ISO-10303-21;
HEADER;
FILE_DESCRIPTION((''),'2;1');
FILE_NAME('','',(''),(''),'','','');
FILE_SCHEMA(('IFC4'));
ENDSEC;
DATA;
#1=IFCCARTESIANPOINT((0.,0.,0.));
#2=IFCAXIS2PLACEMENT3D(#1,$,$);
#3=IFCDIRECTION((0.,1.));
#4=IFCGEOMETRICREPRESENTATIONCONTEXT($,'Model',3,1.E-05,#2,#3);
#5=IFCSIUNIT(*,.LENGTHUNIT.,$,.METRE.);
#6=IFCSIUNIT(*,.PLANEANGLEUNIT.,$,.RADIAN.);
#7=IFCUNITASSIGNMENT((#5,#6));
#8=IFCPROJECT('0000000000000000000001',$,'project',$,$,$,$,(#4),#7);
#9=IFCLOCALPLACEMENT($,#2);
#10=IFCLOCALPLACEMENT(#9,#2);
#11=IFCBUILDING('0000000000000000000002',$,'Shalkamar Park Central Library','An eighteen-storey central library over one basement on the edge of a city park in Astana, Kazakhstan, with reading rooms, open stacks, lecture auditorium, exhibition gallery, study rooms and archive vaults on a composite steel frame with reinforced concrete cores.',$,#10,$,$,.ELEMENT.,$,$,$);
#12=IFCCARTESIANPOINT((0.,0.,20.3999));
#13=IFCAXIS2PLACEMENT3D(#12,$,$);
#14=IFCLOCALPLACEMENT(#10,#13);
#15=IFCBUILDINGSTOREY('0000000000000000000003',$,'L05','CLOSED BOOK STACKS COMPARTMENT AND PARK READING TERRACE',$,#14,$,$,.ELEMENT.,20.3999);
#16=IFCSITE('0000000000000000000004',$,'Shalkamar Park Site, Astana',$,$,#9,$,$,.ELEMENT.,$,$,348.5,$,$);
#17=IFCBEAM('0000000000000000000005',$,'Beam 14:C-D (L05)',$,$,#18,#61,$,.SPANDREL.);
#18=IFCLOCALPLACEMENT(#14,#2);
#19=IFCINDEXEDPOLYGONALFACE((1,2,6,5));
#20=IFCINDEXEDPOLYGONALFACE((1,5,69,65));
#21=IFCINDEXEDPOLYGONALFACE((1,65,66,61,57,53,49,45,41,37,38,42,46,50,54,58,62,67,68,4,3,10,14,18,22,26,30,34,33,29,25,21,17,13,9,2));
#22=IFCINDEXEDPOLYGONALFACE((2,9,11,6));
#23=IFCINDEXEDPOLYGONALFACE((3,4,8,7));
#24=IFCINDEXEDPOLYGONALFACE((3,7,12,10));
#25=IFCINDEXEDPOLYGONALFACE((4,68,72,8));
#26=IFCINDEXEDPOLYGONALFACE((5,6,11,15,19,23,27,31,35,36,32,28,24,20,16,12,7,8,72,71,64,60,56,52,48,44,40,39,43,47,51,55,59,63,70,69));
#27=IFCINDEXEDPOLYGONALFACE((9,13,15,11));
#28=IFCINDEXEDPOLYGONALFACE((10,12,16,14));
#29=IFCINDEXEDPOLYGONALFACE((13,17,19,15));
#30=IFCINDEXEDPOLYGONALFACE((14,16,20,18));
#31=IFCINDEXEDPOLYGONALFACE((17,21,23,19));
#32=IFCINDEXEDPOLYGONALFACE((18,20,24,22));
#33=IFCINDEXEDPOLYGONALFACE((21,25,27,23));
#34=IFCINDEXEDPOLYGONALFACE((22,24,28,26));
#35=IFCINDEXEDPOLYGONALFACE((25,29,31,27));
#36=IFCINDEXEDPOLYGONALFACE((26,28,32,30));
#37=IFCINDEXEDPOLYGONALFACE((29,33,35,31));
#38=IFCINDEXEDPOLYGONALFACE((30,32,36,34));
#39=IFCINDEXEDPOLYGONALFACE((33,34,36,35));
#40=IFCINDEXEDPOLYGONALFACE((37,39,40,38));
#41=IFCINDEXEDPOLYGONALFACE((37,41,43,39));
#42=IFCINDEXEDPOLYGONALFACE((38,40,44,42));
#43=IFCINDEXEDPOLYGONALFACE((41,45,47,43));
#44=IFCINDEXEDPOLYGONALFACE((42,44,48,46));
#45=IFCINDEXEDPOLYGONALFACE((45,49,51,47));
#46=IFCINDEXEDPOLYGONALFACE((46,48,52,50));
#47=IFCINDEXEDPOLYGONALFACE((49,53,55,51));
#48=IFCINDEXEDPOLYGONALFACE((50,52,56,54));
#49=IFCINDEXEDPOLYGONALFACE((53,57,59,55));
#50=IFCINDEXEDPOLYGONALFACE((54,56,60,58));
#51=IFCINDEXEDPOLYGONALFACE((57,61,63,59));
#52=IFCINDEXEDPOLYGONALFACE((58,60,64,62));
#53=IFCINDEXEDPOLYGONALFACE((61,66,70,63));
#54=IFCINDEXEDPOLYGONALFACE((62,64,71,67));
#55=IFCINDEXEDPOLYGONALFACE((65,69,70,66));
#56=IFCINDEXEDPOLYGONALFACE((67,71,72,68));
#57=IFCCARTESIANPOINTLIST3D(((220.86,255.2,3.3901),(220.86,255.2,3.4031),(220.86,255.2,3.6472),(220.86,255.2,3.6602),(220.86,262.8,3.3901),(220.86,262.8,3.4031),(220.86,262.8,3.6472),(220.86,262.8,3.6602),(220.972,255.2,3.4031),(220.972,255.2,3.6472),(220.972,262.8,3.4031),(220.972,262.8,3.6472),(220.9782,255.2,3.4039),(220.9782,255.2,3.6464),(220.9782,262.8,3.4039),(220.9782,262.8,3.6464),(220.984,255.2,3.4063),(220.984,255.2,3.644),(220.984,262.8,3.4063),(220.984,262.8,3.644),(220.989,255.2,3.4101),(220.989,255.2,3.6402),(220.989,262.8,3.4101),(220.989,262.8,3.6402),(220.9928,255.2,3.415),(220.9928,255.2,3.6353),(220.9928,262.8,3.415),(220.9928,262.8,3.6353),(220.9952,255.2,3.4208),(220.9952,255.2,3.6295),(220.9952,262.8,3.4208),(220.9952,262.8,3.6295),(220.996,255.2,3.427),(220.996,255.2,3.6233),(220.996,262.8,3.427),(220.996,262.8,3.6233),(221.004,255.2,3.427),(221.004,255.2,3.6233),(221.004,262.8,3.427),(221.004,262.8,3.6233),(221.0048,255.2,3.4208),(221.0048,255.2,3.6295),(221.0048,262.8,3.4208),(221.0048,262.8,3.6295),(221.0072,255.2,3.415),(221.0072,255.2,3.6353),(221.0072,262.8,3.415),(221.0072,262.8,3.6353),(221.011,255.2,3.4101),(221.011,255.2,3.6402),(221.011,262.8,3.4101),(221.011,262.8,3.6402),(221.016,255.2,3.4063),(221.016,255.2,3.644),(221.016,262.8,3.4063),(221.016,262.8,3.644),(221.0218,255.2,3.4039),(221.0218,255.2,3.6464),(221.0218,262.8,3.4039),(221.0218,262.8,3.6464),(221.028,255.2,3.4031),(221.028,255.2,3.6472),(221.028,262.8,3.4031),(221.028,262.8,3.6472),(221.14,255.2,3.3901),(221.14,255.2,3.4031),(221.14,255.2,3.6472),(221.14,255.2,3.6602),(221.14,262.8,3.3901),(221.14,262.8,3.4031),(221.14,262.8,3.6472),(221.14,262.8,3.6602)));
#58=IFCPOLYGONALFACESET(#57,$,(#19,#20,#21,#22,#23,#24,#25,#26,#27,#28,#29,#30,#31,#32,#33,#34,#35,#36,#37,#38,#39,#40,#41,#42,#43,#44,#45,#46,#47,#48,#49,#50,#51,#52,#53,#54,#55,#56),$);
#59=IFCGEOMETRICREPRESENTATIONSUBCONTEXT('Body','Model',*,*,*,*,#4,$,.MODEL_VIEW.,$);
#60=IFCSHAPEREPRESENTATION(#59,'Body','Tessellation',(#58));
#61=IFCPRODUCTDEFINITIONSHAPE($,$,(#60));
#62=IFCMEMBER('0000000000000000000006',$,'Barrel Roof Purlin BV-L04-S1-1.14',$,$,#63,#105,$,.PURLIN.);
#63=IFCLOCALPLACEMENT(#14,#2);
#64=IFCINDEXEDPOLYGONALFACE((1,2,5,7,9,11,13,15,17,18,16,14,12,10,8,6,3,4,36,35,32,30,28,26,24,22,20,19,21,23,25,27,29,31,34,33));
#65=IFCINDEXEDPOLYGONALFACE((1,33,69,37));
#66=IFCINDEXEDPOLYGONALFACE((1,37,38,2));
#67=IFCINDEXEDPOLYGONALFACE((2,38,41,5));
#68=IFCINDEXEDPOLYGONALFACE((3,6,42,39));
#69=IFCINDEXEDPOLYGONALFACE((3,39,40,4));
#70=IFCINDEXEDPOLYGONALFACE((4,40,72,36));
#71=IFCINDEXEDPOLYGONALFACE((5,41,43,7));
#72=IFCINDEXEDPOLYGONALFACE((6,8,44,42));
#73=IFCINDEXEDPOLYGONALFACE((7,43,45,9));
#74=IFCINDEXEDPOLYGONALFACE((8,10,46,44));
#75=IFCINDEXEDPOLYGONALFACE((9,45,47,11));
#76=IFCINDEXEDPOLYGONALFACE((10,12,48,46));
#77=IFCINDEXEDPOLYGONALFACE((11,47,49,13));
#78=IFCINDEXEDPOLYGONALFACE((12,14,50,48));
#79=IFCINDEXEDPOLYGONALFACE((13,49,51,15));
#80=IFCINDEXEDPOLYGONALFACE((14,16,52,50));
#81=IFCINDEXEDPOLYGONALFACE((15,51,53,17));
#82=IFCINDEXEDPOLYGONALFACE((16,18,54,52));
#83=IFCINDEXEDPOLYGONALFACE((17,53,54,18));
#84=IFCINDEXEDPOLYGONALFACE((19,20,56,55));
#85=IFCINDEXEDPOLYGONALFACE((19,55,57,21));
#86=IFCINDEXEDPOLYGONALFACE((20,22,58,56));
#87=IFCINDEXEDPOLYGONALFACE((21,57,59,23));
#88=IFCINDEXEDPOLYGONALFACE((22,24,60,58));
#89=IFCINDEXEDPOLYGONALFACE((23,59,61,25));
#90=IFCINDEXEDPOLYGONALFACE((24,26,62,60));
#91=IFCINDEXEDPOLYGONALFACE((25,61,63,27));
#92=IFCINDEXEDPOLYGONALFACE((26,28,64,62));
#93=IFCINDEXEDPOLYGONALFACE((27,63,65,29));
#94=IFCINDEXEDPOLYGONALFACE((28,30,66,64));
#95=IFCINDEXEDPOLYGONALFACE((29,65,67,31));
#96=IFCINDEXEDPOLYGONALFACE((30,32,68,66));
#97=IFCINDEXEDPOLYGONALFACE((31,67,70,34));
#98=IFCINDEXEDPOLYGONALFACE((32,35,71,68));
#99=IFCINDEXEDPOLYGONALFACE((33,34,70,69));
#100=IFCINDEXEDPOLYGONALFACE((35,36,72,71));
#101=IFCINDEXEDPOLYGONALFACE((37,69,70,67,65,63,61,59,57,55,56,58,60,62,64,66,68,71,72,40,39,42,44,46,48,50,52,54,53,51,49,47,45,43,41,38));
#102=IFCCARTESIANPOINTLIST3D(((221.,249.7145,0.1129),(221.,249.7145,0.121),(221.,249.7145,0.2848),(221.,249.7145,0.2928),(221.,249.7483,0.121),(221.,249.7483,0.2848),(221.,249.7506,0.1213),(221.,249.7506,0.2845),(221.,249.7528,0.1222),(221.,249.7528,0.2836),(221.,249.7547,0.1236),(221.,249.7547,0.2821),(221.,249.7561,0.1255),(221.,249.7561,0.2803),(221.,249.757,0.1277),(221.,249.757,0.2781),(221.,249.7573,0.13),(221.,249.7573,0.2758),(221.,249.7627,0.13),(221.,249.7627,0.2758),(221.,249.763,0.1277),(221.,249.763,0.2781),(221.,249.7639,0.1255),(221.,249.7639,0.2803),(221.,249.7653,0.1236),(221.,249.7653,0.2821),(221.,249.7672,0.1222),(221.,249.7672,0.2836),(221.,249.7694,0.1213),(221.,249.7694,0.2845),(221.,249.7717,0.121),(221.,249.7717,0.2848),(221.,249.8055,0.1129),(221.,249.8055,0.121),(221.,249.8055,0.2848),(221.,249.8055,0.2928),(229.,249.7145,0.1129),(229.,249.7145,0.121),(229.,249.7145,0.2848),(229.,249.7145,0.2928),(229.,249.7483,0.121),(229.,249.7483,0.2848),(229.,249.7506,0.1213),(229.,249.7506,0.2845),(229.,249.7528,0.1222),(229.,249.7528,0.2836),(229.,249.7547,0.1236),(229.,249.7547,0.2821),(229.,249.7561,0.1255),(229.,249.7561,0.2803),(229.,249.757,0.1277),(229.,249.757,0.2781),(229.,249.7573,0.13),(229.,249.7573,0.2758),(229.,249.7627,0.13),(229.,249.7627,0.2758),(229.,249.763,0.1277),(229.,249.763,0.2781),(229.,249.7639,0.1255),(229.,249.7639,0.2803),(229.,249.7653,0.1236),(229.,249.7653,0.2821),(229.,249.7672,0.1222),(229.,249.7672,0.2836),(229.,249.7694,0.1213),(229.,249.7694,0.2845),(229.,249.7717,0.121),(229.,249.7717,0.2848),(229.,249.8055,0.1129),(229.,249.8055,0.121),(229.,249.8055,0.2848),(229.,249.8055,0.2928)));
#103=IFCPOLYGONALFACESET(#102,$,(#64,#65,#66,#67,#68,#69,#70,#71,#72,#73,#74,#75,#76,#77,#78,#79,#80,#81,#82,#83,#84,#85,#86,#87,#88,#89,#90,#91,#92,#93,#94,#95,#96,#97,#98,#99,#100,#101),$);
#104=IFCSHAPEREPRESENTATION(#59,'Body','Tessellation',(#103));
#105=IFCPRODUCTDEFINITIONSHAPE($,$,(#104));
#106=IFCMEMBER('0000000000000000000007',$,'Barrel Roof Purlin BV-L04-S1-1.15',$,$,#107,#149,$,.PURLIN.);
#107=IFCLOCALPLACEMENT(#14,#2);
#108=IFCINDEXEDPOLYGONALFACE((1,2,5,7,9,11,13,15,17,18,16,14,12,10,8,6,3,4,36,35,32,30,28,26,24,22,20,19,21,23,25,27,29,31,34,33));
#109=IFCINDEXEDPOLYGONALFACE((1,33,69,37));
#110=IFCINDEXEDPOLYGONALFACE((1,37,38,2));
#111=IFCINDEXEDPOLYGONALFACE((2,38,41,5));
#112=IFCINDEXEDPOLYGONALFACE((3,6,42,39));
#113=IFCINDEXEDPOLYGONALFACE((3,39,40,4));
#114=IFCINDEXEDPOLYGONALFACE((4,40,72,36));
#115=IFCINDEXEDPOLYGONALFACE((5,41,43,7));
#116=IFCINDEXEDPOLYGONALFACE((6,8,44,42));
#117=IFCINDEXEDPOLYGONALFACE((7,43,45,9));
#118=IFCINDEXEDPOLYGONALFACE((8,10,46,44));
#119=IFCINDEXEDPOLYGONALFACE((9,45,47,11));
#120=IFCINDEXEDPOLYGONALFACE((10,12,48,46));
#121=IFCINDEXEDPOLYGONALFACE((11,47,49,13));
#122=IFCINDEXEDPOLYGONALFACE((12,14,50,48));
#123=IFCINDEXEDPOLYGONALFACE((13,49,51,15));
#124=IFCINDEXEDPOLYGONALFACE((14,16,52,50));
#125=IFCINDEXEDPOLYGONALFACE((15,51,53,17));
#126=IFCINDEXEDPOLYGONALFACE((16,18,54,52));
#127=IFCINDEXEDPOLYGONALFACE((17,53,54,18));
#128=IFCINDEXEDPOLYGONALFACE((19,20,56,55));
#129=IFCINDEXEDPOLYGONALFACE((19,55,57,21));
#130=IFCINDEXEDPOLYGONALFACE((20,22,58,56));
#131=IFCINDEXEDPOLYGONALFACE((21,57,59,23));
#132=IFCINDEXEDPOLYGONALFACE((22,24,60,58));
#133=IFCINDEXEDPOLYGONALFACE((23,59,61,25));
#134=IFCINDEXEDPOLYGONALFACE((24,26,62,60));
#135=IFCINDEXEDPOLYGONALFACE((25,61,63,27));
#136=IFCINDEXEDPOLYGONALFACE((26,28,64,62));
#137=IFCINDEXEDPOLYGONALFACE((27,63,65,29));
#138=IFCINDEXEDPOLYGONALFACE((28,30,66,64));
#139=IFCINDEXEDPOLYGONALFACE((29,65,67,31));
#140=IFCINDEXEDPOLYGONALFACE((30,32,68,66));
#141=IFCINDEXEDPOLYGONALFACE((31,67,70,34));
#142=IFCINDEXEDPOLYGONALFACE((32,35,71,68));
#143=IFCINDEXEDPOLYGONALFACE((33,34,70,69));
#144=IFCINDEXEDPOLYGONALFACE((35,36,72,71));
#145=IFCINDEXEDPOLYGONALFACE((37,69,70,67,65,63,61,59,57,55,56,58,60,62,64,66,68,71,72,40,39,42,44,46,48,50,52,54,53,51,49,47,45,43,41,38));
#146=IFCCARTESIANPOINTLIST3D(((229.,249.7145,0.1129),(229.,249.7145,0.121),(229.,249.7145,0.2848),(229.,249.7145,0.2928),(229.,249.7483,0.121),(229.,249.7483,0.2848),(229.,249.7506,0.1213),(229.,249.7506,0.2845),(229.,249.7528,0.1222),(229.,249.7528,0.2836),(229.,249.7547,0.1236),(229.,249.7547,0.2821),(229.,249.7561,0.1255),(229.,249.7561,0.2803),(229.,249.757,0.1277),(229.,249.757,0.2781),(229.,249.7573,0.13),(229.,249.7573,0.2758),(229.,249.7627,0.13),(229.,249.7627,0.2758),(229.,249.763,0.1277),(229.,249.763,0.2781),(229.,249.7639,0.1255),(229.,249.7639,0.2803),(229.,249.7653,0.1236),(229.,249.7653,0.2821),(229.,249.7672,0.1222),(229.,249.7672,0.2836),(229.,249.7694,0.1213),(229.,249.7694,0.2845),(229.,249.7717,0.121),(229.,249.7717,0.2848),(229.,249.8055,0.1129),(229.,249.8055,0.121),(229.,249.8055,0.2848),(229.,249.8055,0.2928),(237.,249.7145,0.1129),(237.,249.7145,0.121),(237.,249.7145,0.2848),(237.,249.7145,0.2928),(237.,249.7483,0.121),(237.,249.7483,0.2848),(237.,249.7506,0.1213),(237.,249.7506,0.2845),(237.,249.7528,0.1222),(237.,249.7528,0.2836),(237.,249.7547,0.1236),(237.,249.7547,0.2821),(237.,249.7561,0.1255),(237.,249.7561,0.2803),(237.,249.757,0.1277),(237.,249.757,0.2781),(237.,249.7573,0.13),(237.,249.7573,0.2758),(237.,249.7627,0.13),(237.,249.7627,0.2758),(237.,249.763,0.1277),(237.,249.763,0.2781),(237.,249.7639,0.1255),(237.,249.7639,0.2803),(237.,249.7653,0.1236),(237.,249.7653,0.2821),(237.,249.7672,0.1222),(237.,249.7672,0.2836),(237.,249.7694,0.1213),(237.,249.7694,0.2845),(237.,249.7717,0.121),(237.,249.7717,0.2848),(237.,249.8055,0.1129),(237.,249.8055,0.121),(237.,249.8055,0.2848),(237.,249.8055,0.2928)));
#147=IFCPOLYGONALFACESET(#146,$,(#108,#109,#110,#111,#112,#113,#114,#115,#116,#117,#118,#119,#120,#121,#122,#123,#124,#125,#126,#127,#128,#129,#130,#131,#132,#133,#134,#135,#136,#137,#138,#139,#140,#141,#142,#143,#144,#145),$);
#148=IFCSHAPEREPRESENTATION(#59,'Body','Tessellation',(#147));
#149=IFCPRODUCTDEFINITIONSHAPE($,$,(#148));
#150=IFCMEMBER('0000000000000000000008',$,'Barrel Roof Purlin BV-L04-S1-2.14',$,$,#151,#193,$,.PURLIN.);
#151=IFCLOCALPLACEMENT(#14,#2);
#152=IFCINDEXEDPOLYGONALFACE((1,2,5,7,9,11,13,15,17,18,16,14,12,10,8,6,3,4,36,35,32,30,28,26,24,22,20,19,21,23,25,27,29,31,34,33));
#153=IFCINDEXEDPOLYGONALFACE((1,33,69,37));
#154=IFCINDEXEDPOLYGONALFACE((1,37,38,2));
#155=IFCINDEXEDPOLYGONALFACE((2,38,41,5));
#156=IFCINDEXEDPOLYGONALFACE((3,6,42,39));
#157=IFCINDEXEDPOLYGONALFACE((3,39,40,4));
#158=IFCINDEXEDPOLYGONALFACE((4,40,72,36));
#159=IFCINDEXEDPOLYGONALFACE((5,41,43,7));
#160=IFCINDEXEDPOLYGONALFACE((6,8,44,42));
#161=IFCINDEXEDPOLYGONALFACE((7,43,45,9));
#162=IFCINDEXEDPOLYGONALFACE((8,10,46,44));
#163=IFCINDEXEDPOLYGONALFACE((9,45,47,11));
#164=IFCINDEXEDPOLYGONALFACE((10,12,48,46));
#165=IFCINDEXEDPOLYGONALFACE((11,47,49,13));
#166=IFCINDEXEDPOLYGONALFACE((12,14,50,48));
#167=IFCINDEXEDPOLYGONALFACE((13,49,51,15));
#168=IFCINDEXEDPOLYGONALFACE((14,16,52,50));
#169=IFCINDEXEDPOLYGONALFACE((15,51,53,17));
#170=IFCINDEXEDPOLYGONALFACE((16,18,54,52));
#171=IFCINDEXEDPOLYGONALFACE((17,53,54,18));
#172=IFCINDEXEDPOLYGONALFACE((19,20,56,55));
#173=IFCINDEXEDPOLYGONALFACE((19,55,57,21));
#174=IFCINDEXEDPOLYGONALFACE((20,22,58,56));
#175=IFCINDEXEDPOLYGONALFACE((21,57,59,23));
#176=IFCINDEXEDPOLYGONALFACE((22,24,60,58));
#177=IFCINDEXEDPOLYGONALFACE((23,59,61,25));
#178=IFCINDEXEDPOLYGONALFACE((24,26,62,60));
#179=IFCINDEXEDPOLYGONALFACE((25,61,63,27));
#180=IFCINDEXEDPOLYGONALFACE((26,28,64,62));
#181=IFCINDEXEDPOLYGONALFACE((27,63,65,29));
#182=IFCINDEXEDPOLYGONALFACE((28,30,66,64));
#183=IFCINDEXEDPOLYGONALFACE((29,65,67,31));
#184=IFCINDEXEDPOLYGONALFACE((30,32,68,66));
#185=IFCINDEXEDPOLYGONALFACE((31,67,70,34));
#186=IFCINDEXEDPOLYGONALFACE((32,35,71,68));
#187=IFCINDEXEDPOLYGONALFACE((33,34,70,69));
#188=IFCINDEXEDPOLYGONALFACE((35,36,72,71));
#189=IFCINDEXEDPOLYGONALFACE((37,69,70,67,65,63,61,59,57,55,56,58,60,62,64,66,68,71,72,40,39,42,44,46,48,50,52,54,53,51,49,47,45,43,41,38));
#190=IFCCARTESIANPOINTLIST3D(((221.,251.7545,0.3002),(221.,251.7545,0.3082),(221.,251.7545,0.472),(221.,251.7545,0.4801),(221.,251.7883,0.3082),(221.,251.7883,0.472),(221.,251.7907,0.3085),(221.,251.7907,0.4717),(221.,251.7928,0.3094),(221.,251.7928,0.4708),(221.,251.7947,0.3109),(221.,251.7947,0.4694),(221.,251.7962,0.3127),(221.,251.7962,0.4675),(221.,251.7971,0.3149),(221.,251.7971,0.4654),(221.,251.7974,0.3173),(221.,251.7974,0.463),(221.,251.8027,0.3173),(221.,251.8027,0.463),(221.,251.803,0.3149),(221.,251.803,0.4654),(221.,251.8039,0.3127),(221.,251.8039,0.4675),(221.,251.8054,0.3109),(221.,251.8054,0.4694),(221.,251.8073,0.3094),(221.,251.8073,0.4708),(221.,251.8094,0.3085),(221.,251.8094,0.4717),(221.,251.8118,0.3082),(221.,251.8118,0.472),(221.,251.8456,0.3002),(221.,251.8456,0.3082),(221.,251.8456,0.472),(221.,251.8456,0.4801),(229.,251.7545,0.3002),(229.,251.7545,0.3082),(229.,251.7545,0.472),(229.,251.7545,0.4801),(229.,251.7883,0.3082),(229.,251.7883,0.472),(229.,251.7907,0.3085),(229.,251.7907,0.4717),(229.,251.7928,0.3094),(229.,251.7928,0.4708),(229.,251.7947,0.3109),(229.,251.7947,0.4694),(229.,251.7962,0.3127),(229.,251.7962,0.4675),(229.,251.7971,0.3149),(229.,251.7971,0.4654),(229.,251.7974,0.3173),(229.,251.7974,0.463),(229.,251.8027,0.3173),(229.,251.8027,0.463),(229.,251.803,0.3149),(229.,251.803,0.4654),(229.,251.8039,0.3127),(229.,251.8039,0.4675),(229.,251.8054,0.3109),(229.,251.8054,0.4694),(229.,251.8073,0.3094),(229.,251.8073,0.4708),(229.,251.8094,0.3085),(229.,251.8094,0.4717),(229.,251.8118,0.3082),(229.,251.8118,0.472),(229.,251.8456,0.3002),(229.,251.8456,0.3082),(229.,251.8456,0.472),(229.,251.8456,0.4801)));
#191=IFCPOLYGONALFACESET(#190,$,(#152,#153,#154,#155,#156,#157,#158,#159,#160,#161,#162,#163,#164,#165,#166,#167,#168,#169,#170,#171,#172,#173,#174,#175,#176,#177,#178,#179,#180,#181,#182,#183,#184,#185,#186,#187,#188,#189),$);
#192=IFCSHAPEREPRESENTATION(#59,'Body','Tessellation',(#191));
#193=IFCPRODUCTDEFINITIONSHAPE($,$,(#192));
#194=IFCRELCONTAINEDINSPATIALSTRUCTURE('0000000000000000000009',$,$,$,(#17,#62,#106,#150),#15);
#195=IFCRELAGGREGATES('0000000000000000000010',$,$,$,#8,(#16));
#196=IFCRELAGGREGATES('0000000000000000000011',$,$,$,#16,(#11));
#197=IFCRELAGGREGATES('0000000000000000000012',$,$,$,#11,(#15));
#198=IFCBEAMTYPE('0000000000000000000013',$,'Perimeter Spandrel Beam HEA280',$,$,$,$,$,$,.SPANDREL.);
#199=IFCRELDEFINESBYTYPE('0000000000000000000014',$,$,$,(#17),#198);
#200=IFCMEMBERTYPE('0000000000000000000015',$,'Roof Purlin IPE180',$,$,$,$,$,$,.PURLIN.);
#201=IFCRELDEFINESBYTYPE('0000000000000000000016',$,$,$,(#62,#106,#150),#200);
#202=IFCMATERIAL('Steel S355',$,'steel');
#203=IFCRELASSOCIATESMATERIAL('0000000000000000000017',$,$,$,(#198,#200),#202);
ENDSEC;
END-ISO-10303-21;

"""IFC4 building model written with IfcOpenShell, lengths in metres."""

from ifc_helpers import new_model, si_unit, direction, frame, origin, origin_2d, place, context, subcontext, project, spatial, i_section, extrude, material, material_profile, profile_set, type_object, element, save


model = new_model("IFC4")

# Units and contexts
model_context = context("Model", 3, precision=1e-05, world=origin(), true_north=direction((0.0, 1.0)))
body_context = subcontext(model_context, "Body", "Model", "MODEL_VIEW")
ifc_project = project(units=[si_unit("LENGTHUNIT", "METRE"), si_unit("PLANEANGLEUNIT", "RADIAN")], contexts=[model_context])

# Site, building, storey
site_placement = place(None, origin())
site = spatial("IfcSite", under=ifc_project, at=site_placement, Name="Shalkamar Park Site, Astana", CompositionType="ELEMENT", RefElevation=348.5)
building_placement = place(site_placement, origin())
building = spatial("IfcBuilding", under=site, at=building_placement, Name="Shalkamar Park Central Library", Description="An eighteen-storey central library over one basement on the edge of a city park in Astana, Kazakhstan, with reading rooms, open stacks, lecture auditorium, exhibition gallery, study rooms and archive vaults on a composite steel frame with reinforced concrete cores.", CompositionType="ELEMENT")
storey_placement = place(building_placement, frame((0.0, 0.0, 20.3999)))
storey = spatial("IfcBuildingStorey", under=building, at=storey_placement, Name="L05", Description="CLOSED BOOK STACKS COMPARTMENT AND PARK READING TERRACE", CompositionType="ELEMENT", Elevation=20.3999)

# Shared definitions
ifc_material_1 = material(Name="Steel S355", Category="steel")

# Beam
ifc_material_profile_1 = material_profile(ifc_material_1, i_section(OverallWidth=0.28, OverallDepth=0.27, WebThickness=0.0081, FlangeThickness=0.0129, FilletRadius=0.0239, at=origin_2d()), Name="HEA 280")
ifc_profile_set_1 = profile_set([ifc_material_profile_1], Name="Steel S355")
beam_type_1 = type_object("IfcBeamType", Name="Perimeter Spandrel Beam HEA280", PredefinedType="SPANDREL", material=ifc_profile_set_1)
beam_1_placement = place(storey_placement, frame((221.0, 255.2, 3.5251), z_axis=(0.0, 1.0, 0.0), x_axis=(-1.0, 0.0, 0.0)))
element("IfcBeam", 1, at=beam_1_placement, inside=storey, type_object=beam_type_1, Name="Beam 14:C-D (L05)", PredefinedType="SPANDREL", context=body_context, shape_type="SweptSolid", body=[
    extrude(i_section(OverallWidth=0.28, OverallDepth=0.27, WebThickness=0.0081, FlangeThickness=0.0129, FilletRadius=0.0239, at=origin_2d()), origin(), (0.0, 0.0, 1.0), 7.6001),
])

# Members
ifc_material_profile_2 = material_profile(ifc_material_1, i_section(OverallWidth=0.0911, OverallDepth=0.1799, WebThickness=0.0054, FlangeThickness=0.0081, FilletRadius=0.009, at=origin_2d()), Name="IPE 180")
ifc_profile_set_2 = profile_set([ifc_material_profile_2], Name="Steel S355")
member_type_1 = type_object("IfcMemberType", Name="Roof Purlin IPE180", PredefinedType="PURLIN", material=ifc_profile_set_2)
for number, where, z_axis, x_axis, name in (
    (2, (221.0, 249.76, 0.2029), (1.0, 0.0, 0.0), (0.0, 1.0, 0.0), "Barrel Roof Purlin BV-L04-S1-1.14"),
    (3, (229.0, 249.76, 0.2029), (1.0, 0.0, 0.0), (0.0, 1.0, 0.0), "Barrel Roof Purlin BV-L04-S1-1.15"),
    (4, (221.0, 251.8, 0.3901), (1.0, 0.0, 0.0), (0.0, 1.0, 0.0), "Barrel Roof Purlin BV-L04-S1-2.14"),
):
    element("IfcMember", number, at=place(storey_placement, frame(where, z_axis=z_axis, x_axis=x_axis)), inside=storey, type_object=member_type_1, Name=name, PredefinedType="PURLIN", context=body_context, shape_type="SweptSolid", body=[
        extrude(i_section(OverallWidth=0.0911, OverallDepth=0.1799, WebThickness=0.0054, FlangeThickness=0.0081, FilletRadius=0.009, at=origin_2d()), origin(), (0.0, 0.0, 1.0), 8.0),
    ])

save(model, "model.ifc")
